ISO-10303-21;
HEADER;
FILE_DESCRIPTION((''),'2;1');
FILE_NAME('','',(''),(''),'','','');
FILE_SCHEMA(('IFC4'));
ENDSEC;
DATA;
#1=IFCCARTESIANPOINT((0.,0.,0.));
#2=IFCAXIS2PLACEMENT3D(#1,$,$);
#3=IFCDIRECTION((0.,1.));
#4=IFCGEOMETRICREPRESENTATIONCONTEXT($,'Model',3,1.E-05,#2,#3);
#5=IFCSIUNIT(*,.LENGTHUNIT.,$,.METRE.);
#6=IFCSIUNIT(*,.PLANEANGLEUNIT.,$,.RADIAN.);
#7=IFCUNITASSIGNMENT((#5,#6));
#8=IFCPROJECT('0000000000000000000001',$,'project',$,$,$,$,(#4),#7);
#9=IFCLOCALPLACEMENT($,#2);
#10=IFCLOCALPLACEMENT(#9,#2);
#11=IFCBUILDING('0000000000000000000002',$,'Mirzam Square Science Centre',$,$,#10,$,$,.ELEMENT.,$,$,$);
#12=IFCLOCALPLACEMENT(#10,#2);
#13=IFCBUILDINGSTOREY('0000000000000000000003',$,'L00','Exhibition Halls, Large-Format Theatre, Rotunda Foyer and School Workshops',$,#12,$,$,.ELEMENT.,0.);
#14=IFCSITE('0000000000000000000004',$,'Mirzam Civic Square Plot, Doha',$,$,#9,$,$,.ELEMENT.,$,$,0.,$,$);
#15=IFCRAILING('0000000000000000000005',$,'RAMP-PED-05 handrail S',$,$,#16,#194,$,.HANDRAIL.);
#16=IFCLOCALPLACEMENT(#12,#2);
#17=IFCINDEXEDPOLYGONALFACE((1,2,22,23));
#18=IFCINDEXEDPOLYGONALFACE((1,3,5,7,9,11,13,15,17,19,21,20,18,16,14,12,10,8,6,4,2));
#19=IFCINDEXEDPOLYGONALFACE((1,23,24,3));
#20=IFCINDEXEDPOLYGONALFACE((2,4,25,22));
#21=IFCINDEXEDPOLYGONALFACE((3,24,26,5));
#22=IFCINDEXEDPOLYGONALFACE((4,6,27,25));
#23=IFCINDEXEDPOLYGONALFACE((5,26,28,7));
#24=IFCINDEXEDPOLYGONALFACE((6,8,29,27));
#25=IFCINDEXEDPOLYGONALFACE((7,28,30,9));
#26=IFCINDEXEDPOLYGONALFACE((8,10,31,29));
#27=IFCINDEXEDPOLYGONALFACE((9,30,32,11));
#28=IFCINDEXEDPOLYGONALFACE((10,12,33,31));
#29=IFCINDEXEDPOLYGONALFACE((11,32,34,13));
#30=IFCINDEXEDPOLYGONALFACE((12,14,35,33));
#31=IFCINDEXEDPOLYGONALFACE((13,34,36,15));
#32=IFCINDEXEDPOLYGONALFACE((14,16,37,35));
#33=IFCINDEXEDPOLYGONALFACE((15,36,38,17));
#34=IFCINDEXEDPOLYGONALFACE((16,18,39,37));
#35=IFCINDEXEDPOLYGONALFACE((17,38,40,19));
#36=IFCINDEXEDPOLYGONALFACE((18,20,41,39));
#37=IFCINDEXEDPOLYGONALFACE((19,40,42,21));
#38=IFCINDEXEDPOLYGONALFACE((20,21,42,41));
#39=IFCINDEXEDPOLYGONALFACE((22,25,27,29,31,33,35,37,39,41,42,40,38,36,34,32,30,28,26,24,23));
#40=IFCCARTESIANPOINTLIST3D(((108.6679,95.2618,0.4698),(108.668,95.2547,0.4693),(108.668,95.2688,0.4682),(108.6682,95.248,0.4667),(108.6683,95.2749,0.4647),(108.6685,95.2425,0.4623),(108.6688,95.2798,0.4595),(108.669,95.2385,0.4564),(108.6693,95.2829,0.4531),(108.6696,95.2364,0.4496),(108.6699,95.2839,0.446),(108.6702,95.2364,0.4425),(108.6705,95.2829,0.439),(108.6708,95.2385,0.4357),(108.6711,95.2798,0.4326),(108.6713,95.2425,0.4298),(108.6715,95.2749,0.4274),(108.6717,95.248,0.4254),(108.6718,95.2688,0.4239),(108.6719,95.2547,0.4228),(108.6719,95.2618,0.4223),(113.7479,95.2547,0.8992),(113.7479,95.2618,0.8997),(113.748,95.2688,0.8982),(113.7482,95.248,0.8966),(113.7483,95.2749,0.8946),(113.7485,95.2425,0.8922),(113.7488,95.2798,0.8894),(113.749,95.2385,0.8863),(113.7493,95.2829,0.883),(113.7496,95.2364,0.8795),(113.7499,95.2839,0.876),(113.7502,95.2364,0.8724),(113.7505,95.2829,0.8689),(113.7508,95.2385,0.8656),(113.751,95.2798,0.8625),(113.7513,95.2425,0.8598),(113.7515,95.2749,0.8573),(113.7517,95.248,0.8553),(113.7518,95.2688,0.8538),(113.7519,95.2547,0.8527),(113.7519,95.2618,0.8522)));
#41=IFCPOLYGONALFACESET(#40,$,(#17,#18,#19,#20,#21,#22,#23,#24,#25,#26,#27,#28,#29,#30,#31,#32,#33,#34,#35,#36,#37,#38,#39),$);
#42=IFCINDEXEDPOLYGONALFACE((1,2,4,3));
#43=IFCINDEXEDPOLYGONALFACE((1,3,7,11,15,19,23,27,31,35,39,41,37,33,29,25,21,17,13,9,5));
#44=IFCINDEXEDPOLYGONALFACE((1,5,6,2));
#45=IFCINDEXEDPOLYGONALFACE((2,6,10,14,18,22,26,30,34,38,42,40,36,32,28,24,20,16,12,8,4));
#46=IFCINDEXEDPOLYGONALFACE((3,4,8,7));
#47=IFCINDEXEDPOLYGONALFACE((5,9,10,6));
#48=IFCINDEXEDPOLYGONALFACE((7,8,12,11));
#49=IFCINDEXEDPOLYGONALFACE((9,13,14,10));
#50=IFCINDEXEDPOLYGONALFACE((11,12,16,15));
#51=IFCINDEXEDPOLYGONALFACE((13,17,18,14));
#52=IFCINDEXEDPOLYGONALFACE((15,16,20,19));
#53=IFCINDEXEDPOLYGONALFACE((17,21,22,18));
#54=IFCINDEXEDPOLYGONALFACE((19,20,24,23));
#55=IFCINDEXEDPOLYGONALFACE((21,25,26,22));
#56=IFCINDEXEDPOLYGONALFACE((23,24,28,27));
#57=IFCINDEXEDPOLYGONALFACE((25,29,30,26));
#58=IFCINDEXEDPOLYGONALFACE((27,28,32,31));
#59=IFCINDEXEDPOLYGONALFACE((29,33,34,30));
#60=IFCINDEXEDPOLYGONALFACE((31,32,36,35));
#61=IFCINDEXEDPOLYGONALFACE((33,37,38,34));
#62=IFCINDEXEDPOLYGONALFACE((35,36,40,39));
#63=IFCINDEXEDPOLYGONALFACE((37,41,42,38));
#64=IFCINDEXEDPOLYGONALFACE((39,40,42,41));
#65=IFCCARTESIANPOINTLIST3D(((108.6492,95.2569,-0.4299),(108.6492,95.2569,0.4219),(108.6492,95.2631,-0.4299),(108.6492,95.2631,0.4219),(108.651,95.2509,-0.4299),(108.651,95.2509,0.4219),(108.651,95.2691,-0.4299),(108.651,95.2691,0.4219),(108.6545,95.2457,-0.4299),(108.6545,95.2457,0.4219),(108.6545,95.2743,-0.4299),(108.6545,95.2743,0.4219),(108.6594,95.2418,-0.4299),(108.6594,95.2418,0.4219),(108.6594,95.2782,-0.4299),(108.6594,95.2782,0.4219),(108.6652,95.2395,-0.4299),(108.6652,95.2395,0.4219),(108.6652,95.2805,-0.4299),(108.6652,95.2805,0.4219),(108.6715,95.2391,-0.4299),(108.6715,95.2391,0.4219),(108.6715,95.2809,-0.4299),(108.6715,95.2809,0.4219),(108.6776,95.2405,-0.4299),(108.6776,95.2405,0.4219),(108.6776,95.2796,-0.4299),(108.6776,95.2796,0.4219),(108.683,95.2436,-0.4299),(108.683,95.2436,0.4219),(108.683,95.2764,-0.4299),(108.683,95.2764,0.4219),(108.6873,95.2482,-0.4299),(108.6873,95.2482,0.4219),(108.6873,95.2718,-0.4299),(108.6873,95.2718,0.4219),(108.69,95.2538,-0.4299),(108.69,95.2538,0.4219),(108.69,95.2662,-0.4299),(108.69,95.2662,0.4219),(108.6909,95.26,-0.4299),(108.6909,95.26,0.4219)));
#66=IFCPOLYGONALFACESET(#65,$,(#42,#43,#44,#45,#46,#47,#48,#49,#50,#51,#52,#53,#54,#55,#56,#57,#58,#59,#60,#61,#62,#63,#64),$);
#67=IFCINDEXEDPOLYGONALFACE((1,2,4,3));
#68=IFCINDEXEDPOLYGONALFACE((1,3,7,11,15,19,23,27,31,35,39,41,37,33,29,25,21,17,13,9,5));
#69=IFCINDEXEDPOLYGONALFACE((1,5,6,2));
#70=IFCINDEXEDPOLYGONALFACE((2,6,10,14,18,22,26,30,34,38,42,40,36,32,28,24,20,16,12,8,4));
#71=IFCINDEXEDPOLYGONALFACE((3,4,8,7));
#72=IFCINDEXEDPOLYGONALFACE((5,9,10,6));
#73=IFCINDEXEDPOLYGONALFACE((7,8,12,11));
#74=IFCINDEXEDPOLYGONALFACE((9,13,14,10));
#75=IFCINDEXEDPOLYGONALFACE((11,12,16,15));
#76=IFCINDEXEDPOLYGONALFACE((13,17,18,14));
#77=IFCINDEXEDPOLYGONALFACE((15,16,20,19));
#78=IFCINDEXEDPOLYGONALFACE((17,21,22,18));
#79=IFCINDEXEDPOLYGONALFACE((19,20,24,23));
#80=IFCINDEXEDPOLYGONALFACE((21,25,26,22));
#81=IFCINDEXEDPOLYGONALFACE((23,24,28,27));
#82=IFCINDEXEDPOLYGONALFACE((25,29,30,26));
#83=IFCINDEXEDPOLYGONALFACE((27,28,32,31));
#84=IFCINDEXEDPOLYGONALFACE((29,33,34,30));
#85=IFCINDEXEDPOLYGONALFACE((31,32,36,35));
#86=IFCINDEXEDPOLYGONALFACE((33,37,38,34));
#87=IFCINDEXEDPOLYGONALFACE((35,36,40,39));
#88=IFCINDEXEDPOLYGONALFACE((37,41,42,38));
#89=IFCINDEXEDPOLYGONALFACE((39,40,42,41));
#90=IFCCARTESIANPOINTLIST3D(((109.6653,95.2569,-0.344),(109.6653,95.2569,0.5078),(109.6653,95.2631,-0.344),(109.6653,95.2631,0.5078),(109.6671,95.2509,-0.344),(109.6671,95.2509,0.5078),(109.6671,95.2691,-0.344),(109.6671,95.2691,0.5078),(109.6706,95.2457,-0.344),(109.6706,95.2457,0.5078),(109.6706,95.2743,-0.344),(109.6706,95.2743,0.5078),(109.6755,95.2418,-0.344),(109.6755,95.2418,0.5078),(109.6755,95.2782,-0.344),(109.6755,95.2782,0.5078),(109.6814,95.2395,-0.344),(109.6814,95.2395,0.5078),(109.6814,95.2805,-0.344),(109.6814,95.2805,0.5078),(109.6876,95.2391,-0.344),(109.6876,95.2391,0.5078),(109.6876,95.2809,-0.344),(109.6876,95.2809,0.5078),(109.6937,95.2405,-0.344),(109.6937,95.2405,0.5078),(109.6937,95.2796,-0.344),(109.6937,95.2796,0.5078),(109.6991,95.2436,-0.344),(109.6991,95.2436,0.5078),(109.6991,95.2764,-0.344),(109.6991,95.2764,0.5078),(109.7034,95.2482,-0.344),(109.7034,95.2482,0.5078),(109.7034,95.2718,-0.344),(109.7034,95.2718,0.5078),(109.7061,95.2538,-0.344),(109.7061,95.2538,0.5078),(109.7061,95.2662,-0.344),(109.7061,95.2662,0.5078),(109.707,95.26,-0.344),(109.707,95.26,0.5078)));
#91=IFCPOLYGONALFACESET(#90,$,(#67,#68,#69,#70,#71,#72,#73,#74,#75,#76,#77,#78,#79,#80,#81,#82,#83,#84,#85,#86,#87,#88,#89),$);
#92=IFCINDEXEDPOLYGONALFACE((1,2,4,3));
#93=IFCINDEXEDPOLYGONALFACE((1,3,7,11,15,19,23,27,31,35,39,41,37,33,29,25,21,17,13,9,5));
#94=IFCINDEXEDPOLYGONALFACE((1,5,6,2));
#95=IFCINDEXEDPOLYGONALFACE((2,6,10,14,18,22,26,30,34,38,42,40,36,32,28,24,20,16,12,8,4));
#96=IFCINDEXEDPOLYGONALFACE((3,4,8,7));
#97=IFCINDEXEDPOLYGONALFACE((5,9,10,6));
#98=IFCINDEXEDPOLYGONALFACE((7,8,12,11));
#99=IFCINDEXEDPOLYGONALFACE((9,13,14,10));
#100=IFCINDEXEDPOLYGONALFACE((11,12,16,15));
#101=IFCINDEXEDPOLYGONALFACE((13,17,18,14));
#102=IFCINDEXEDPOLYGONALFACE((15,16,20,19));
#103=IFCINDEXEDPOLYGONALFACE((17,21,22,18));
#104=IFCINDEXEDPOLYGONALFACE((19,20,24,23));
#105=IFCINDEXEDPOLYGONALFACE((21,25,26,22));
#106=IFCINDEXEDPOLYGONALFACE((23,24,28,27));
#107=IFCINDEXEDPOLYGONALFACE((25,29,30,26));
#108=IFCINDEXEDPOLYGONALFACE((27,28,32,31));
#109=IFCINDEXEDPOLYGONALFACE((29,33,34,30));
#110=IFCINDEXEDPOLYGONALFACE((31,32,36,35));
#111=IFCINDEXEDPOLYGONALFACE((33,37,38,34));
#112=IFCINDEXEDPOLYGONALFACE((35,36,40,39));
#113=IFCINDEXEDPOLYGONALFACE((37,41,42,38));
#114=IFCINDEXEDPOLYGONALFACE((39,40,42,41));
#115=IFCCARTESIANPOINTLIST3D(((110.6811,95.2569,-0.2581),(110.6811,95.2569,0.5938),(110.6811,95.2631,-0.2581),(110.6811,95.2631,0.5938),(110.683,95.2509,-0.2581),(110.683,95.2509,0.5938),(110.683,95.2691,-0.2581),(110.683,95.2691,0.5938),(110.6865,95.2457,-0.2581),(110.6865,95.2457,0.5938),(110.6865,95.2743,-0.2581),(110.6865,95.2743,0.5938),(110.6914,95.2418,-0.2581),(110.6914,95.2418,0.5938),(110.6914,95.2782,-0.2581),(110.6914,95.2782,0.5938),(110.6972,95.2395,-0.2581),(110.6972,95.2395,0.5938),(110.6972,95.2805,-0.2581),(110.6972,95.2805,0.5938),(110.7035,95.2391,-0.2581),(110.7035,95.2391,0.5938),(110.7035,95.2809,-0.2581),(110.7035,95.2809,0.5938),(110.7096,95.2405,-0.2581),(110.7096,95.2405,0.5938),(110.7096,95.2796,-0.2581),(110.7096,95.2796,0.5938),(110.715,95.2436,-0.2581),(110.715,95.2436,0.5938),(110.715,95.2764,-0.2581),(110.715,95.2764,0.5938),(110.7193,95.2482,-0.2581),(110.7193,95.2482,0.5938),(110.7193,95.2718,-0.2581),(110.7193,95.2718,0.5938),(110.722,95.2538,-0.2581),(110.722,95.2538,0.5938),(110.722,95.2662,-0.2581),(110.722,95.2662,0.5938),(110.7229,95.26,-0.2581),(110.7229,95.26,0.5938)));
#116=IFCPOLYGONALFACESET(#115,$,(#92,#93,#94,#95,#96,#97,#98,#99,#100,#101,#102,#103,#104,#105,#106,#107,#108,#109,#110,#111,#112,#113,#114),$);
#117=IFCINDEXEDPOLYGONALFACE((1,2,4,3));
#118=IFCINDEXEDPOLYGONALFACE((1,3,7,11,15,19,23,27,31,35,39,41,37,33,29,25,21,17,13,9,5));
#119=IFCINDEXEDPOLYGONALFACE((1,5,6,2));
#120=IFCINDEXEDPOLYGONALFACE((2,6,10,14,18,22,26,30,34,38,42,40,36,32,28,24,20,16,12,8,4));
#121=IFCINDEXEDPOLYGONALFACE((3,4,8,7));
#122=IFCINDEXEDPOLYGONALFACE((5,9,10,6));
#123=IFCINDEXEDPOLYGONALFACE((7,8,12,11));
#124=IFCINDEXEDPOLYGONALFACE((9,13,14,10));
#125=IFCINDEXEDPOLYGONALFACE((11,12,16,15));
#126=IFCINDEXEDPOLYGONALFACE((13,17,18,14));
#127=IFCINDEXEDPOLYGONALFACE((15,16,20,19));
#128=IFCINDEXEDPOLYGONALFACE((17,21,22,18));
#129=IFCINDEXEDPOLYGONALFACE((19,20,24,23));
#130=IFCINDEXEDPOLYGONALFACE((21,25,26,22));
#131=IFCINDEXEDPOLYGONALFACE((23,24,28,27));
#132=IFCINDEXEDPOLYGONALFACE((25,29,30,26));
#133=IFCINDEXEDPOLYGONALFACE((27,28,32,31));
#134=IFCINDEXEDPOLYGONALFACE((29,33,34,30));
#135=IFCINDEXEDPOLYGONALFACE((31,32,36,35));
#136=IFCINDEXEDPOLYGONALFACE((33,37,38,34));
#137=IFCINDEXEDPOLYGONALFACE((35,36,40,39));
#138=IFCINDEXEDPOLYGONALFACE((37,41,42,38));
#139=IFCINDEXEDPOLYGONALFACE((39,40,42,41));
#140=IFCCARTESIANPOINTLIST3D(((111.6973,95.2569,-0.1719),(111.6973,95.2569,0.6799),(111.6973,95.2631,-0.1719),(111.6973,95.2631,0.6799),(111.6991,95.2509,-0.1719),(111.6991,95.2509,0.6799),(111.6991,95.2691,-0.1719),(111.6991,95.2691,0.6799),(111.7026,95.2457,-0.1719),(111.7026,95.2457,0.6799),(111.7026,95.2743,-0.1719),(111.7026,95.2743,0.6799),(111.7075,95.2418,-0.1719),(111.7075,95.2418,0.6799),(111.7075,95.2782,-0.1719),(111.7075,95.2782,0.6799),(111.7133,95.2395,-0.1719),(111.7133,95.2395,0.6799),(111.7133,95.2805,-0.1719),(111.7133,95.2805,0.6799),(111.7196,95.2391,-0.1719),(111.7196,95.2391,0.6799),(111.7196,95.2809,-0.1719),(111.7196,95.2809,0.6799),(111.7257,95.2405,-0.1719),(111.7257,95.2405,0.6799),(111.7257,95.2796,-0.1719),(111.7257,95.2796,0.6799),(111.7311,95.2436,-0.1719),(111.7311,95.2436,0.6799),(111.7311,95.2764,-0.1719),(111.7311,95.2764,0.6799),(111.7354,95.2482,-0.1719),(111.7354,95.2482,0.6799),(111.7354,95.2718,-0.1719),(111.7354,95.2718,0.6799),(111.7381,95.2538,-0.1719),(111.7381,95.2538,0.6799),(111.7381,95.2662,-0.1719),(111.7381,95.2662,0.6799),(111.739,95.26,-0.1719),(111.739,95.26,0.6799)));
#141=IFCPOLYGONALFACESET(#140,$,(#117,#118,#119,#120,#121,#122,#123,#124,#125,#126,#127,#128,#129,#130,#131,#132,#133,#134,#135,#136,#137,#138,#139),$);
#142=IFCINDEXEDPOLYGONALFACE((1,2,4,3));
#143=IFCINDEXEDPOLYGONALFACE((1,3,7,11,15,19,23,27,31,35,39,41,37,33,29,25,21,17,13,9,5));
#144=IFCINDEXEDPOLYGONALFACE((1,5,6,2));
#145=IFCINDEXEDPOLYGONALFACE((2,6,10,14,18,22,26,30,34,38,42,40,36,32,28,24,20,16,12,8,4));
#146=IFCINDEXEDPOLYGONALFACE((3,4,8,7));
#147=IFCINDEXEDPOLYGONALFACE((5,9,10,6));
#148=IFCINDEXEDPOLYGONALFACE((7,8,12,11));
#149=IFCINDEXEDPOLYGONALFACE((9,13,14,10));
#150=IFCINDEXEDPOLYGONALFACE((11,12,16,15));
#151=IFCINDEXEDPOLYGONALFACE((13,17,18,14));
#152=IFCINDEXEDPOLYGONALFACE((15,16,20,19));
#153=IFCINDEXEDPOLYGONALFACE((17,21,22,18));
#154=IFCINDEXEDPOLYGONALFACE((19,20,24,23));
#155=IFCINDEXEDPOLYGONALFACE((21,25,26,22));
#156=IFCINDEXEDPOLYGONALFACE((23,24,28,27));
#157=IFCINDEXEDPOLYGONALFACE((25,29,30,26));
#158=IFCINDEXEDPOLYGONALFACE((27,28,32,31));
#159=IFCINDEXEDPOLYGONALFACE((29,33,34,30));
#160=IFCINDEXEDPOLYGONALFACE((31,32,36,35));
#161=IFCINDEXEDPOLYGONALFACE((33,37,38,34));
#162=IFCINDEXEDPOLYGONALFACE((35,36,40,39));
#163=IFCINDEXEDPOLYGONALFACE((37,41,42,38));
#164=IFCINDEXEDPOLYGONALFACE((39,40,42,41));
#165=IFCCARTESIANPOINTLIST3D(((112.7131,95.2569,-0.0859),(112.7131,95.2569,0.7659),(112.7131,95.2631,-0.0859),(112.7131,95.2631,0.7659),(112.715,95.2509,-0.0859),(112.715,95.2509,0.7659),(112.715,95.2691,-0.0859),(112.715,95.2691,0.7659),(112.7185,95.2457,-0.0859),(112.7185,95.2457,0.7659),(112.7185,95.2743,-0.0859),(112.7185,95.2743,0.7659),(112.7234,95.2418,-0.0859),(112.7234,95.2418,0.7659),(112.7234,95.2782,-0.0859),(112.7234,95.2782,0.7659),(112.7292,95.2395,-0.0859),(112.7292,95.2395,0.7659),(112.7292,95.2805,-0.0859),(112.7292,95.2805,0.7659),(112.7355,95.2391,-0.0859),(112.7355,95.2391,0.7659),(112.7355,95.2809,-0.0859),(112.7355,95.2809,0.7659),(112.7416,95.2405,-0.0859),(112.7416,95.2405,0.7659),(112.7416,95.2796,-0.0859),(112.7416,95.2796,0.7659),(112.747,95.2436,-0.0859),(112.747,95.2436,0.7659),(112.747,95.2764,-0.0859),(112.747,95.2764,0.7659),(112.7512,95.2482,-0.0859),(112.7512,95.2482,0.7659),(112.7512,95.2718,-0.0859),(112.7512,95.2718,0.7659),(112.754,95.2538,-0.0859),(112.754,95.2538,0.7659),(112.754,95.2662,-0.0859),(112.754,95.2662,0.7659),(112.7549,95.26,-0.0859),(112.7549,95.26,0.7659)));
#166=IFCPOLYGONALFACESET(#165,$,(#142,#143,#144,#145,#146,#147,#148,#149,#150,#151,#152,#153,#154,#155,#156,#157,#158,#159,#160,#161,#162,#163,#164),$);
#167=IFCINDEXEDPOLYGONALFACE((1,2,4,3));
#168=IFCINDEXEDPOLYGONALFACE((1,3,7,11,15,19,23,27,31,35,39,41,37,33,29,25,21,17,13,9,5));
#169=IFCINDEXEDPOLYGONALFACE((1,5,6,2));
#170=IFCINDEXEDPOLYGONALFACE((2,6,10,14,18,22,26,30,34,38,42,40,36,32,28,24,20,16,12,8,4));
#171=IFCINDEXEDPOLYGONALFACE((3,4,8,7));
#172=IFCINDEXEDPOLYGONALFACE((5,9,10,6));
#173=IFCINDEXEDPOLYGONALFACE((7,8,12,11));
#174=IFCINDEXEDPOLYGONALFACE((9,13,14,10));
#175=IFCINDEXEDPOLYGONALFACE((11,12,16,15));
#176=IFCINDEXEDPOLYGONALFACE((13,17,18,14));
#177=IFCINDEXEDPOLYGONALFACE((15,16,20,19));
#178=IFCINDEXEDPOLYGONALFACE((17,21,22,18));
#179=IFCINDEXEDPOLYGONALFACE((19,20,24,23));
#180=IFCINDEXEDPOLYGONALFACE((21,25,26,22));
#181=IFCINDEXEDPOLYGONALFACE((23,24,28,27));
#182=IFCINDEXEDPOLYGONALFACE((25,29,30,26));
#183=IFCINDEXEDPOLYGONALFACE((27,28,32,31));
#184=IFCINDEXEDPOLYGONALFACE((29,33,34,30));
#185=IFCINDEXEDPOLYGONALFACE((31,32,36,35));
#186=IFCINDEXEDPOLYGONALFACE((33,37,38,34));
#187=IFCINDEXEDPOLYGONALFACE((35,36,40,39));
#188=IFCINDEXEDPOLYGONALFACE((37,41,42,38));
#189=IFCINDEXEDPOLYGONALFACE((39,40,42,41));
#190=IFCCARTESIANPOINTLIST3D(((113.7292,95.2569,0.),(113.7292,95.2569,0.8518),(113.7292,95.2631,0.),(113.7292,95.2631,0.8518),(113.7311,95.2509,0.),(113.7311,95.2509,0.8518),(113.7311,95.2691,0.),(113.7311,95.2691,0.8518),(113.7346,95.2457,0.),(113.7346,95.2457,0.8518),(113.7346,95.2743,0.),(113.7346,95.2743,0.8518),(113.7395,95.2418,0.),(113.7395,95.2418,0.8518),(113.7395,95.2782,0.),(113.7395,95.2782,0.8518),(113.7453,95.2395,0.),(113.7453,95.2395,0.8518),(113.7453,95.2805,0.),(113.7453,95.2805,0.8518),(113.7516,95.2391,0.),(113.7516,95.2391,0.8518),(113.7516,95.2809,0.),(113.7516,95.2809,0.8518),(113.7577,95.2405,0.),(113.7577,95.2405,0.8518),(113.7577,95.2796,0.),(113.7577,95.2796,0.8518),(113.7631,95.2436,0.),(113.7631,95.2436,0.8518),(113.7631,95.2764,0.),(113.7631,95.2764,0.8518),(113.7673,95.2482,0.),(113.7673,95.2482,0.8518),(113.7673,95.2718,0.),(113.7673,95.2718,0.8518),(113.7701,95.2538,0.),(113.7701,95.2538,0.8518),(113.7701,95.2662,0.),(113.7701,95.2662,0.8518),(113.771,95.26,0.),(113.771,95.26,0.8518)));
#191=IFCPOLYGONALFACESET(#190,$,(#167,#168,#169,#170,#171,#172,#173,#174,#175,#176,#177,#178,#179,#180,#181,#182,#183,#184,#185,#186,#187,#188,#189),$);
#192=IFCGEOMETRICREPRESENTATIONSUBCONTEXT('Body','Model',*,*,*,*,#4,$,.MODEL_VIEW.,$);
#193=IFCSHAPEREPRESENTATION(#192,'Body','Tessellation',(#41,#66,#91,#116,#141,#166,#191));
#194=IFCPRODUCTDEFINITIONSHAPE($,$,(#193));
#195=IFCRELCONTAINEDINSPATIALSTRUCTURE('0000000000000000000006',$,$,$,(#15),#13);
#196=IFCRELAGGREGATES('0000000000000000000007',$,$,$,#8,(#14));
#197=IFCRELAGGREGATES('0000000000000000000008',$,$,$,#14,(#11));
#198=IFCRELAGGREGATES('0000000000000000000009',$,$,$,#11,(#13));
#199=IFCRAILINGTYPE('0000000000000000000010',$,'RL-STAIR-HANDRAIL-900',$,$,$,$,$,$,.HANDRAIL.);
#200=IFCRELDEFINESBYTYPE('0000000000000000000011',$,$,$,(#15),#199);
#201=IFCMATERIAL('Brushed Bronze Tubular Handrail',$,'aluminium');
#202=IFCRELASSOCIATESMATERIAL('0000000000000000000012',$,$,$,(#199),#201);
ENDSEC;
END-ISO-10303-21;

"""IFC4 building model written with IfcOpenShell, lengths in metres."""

from ifc_helpers import new_model, si_unit, direction, frame, origin, origin_2d, place, context, subcontext, project, spatial, circle, extrude, material, type_object, element, save


model = new_model("IFC4")

# Units and contexts
model_context = context("Model", 3, precision=1e-05, world=origin(), true_north=direction((0.0, 1.0)))
body_context = subcontext(model_context, "Body", "Model", "MODEL_VIEW")
ifc_project = project(units=[si_unit("LENGTHUNIT", "METRE"), si_unit("PLANEANGLEUNIT", "RADIAN")], contexts=[model_context])

# Site, building, storey
site_placement = place(None, origin())
site = spatial("IfcSite", under=ifc_project, at=site_placement, Name="Mirzam Civic Square Plot, Doha", CompositionType="ELEMENT", RefElevation=0.0)
building_placement = place(site_placement, origin())
building = spatial("IfcBuilding", under=site, at=building_placement, Name="Mirzam Square Science Centre", CompositionType="ELEMENT")
storey_placement = place(building_placement, origin())
storey = spatial("IfcBuildingStorey", under=building, at=storey_placement, Name="L00", Description="Exhibition Halls, Large-Format Theatre, Rotunda Foyer and School Workshops", CompositionType="ELEMENT", Elevation=0.0)

# Railing
ifc_material_1 = material(Name="Brushed Bronze Tubular Handrail", Category="aluminium")
railing_type = type_object("IfcRailingType", Name="RL-STAIR-HANDRAIL-900", PredefinedType="HANDRAIL", material=ifc_material_1)
for number, where, name in (
    (1, (108.6699, 95.26, -0.4299), "RAMP-PED-05 handrail S"),
):
    element("IfcRailing", number, at=place(storey_placement, frame(where)), inside=storey, type_object=railing_type, Name=name, PredefinedType="HANDRAIL", context=body_context, shape_type="SweptSolid", body=[
        extrude(circle(Radius=0.0239, at=origin_2d()), frame((0.0, 0.0, 0.876), z_axis=(0.996438, 0.0, 0.084329), x_axis=(0.0, 1.0, 0.0)), (0.0, 0.0, 1.0), 5.0981),
        extrude(circle(Radius=0.021, at=origin_2d()), origin(), (0.0, 0.0, 1.0), 0.8518),
        extrude(circle(Radius=0.021, at=origin_2d()), frame((1.0161, 0.0, 0.0859)), (0.0, 0.0, 1.0), 0.8518),
        extrude(circle(Radius=0.021, at=origin_2d()), frame((2.032, 0.0, 0.1719)), (0.0, 0.0, 1.0), 0.8518),
        extrude(circle(Radius=0.021, at=origin_2d()), frame((3.0481, 0.0, 0.2581)), (0.0, 0.0, 1.0), 0.8518),
        extrude(circle(Radius=0.021, at=origin_2d()), frame((4.064, 0.0, 0.344)), (0.0, 0.0, 1.0), 0.8518),
        extrude(circle(Radius=0.021, at=origin_2d()), frame((5.0801, 0.0, 0.4299)), (0.0, 0.0, 1.0), 0.8518),
    ])

save(model, "model.ifc")
